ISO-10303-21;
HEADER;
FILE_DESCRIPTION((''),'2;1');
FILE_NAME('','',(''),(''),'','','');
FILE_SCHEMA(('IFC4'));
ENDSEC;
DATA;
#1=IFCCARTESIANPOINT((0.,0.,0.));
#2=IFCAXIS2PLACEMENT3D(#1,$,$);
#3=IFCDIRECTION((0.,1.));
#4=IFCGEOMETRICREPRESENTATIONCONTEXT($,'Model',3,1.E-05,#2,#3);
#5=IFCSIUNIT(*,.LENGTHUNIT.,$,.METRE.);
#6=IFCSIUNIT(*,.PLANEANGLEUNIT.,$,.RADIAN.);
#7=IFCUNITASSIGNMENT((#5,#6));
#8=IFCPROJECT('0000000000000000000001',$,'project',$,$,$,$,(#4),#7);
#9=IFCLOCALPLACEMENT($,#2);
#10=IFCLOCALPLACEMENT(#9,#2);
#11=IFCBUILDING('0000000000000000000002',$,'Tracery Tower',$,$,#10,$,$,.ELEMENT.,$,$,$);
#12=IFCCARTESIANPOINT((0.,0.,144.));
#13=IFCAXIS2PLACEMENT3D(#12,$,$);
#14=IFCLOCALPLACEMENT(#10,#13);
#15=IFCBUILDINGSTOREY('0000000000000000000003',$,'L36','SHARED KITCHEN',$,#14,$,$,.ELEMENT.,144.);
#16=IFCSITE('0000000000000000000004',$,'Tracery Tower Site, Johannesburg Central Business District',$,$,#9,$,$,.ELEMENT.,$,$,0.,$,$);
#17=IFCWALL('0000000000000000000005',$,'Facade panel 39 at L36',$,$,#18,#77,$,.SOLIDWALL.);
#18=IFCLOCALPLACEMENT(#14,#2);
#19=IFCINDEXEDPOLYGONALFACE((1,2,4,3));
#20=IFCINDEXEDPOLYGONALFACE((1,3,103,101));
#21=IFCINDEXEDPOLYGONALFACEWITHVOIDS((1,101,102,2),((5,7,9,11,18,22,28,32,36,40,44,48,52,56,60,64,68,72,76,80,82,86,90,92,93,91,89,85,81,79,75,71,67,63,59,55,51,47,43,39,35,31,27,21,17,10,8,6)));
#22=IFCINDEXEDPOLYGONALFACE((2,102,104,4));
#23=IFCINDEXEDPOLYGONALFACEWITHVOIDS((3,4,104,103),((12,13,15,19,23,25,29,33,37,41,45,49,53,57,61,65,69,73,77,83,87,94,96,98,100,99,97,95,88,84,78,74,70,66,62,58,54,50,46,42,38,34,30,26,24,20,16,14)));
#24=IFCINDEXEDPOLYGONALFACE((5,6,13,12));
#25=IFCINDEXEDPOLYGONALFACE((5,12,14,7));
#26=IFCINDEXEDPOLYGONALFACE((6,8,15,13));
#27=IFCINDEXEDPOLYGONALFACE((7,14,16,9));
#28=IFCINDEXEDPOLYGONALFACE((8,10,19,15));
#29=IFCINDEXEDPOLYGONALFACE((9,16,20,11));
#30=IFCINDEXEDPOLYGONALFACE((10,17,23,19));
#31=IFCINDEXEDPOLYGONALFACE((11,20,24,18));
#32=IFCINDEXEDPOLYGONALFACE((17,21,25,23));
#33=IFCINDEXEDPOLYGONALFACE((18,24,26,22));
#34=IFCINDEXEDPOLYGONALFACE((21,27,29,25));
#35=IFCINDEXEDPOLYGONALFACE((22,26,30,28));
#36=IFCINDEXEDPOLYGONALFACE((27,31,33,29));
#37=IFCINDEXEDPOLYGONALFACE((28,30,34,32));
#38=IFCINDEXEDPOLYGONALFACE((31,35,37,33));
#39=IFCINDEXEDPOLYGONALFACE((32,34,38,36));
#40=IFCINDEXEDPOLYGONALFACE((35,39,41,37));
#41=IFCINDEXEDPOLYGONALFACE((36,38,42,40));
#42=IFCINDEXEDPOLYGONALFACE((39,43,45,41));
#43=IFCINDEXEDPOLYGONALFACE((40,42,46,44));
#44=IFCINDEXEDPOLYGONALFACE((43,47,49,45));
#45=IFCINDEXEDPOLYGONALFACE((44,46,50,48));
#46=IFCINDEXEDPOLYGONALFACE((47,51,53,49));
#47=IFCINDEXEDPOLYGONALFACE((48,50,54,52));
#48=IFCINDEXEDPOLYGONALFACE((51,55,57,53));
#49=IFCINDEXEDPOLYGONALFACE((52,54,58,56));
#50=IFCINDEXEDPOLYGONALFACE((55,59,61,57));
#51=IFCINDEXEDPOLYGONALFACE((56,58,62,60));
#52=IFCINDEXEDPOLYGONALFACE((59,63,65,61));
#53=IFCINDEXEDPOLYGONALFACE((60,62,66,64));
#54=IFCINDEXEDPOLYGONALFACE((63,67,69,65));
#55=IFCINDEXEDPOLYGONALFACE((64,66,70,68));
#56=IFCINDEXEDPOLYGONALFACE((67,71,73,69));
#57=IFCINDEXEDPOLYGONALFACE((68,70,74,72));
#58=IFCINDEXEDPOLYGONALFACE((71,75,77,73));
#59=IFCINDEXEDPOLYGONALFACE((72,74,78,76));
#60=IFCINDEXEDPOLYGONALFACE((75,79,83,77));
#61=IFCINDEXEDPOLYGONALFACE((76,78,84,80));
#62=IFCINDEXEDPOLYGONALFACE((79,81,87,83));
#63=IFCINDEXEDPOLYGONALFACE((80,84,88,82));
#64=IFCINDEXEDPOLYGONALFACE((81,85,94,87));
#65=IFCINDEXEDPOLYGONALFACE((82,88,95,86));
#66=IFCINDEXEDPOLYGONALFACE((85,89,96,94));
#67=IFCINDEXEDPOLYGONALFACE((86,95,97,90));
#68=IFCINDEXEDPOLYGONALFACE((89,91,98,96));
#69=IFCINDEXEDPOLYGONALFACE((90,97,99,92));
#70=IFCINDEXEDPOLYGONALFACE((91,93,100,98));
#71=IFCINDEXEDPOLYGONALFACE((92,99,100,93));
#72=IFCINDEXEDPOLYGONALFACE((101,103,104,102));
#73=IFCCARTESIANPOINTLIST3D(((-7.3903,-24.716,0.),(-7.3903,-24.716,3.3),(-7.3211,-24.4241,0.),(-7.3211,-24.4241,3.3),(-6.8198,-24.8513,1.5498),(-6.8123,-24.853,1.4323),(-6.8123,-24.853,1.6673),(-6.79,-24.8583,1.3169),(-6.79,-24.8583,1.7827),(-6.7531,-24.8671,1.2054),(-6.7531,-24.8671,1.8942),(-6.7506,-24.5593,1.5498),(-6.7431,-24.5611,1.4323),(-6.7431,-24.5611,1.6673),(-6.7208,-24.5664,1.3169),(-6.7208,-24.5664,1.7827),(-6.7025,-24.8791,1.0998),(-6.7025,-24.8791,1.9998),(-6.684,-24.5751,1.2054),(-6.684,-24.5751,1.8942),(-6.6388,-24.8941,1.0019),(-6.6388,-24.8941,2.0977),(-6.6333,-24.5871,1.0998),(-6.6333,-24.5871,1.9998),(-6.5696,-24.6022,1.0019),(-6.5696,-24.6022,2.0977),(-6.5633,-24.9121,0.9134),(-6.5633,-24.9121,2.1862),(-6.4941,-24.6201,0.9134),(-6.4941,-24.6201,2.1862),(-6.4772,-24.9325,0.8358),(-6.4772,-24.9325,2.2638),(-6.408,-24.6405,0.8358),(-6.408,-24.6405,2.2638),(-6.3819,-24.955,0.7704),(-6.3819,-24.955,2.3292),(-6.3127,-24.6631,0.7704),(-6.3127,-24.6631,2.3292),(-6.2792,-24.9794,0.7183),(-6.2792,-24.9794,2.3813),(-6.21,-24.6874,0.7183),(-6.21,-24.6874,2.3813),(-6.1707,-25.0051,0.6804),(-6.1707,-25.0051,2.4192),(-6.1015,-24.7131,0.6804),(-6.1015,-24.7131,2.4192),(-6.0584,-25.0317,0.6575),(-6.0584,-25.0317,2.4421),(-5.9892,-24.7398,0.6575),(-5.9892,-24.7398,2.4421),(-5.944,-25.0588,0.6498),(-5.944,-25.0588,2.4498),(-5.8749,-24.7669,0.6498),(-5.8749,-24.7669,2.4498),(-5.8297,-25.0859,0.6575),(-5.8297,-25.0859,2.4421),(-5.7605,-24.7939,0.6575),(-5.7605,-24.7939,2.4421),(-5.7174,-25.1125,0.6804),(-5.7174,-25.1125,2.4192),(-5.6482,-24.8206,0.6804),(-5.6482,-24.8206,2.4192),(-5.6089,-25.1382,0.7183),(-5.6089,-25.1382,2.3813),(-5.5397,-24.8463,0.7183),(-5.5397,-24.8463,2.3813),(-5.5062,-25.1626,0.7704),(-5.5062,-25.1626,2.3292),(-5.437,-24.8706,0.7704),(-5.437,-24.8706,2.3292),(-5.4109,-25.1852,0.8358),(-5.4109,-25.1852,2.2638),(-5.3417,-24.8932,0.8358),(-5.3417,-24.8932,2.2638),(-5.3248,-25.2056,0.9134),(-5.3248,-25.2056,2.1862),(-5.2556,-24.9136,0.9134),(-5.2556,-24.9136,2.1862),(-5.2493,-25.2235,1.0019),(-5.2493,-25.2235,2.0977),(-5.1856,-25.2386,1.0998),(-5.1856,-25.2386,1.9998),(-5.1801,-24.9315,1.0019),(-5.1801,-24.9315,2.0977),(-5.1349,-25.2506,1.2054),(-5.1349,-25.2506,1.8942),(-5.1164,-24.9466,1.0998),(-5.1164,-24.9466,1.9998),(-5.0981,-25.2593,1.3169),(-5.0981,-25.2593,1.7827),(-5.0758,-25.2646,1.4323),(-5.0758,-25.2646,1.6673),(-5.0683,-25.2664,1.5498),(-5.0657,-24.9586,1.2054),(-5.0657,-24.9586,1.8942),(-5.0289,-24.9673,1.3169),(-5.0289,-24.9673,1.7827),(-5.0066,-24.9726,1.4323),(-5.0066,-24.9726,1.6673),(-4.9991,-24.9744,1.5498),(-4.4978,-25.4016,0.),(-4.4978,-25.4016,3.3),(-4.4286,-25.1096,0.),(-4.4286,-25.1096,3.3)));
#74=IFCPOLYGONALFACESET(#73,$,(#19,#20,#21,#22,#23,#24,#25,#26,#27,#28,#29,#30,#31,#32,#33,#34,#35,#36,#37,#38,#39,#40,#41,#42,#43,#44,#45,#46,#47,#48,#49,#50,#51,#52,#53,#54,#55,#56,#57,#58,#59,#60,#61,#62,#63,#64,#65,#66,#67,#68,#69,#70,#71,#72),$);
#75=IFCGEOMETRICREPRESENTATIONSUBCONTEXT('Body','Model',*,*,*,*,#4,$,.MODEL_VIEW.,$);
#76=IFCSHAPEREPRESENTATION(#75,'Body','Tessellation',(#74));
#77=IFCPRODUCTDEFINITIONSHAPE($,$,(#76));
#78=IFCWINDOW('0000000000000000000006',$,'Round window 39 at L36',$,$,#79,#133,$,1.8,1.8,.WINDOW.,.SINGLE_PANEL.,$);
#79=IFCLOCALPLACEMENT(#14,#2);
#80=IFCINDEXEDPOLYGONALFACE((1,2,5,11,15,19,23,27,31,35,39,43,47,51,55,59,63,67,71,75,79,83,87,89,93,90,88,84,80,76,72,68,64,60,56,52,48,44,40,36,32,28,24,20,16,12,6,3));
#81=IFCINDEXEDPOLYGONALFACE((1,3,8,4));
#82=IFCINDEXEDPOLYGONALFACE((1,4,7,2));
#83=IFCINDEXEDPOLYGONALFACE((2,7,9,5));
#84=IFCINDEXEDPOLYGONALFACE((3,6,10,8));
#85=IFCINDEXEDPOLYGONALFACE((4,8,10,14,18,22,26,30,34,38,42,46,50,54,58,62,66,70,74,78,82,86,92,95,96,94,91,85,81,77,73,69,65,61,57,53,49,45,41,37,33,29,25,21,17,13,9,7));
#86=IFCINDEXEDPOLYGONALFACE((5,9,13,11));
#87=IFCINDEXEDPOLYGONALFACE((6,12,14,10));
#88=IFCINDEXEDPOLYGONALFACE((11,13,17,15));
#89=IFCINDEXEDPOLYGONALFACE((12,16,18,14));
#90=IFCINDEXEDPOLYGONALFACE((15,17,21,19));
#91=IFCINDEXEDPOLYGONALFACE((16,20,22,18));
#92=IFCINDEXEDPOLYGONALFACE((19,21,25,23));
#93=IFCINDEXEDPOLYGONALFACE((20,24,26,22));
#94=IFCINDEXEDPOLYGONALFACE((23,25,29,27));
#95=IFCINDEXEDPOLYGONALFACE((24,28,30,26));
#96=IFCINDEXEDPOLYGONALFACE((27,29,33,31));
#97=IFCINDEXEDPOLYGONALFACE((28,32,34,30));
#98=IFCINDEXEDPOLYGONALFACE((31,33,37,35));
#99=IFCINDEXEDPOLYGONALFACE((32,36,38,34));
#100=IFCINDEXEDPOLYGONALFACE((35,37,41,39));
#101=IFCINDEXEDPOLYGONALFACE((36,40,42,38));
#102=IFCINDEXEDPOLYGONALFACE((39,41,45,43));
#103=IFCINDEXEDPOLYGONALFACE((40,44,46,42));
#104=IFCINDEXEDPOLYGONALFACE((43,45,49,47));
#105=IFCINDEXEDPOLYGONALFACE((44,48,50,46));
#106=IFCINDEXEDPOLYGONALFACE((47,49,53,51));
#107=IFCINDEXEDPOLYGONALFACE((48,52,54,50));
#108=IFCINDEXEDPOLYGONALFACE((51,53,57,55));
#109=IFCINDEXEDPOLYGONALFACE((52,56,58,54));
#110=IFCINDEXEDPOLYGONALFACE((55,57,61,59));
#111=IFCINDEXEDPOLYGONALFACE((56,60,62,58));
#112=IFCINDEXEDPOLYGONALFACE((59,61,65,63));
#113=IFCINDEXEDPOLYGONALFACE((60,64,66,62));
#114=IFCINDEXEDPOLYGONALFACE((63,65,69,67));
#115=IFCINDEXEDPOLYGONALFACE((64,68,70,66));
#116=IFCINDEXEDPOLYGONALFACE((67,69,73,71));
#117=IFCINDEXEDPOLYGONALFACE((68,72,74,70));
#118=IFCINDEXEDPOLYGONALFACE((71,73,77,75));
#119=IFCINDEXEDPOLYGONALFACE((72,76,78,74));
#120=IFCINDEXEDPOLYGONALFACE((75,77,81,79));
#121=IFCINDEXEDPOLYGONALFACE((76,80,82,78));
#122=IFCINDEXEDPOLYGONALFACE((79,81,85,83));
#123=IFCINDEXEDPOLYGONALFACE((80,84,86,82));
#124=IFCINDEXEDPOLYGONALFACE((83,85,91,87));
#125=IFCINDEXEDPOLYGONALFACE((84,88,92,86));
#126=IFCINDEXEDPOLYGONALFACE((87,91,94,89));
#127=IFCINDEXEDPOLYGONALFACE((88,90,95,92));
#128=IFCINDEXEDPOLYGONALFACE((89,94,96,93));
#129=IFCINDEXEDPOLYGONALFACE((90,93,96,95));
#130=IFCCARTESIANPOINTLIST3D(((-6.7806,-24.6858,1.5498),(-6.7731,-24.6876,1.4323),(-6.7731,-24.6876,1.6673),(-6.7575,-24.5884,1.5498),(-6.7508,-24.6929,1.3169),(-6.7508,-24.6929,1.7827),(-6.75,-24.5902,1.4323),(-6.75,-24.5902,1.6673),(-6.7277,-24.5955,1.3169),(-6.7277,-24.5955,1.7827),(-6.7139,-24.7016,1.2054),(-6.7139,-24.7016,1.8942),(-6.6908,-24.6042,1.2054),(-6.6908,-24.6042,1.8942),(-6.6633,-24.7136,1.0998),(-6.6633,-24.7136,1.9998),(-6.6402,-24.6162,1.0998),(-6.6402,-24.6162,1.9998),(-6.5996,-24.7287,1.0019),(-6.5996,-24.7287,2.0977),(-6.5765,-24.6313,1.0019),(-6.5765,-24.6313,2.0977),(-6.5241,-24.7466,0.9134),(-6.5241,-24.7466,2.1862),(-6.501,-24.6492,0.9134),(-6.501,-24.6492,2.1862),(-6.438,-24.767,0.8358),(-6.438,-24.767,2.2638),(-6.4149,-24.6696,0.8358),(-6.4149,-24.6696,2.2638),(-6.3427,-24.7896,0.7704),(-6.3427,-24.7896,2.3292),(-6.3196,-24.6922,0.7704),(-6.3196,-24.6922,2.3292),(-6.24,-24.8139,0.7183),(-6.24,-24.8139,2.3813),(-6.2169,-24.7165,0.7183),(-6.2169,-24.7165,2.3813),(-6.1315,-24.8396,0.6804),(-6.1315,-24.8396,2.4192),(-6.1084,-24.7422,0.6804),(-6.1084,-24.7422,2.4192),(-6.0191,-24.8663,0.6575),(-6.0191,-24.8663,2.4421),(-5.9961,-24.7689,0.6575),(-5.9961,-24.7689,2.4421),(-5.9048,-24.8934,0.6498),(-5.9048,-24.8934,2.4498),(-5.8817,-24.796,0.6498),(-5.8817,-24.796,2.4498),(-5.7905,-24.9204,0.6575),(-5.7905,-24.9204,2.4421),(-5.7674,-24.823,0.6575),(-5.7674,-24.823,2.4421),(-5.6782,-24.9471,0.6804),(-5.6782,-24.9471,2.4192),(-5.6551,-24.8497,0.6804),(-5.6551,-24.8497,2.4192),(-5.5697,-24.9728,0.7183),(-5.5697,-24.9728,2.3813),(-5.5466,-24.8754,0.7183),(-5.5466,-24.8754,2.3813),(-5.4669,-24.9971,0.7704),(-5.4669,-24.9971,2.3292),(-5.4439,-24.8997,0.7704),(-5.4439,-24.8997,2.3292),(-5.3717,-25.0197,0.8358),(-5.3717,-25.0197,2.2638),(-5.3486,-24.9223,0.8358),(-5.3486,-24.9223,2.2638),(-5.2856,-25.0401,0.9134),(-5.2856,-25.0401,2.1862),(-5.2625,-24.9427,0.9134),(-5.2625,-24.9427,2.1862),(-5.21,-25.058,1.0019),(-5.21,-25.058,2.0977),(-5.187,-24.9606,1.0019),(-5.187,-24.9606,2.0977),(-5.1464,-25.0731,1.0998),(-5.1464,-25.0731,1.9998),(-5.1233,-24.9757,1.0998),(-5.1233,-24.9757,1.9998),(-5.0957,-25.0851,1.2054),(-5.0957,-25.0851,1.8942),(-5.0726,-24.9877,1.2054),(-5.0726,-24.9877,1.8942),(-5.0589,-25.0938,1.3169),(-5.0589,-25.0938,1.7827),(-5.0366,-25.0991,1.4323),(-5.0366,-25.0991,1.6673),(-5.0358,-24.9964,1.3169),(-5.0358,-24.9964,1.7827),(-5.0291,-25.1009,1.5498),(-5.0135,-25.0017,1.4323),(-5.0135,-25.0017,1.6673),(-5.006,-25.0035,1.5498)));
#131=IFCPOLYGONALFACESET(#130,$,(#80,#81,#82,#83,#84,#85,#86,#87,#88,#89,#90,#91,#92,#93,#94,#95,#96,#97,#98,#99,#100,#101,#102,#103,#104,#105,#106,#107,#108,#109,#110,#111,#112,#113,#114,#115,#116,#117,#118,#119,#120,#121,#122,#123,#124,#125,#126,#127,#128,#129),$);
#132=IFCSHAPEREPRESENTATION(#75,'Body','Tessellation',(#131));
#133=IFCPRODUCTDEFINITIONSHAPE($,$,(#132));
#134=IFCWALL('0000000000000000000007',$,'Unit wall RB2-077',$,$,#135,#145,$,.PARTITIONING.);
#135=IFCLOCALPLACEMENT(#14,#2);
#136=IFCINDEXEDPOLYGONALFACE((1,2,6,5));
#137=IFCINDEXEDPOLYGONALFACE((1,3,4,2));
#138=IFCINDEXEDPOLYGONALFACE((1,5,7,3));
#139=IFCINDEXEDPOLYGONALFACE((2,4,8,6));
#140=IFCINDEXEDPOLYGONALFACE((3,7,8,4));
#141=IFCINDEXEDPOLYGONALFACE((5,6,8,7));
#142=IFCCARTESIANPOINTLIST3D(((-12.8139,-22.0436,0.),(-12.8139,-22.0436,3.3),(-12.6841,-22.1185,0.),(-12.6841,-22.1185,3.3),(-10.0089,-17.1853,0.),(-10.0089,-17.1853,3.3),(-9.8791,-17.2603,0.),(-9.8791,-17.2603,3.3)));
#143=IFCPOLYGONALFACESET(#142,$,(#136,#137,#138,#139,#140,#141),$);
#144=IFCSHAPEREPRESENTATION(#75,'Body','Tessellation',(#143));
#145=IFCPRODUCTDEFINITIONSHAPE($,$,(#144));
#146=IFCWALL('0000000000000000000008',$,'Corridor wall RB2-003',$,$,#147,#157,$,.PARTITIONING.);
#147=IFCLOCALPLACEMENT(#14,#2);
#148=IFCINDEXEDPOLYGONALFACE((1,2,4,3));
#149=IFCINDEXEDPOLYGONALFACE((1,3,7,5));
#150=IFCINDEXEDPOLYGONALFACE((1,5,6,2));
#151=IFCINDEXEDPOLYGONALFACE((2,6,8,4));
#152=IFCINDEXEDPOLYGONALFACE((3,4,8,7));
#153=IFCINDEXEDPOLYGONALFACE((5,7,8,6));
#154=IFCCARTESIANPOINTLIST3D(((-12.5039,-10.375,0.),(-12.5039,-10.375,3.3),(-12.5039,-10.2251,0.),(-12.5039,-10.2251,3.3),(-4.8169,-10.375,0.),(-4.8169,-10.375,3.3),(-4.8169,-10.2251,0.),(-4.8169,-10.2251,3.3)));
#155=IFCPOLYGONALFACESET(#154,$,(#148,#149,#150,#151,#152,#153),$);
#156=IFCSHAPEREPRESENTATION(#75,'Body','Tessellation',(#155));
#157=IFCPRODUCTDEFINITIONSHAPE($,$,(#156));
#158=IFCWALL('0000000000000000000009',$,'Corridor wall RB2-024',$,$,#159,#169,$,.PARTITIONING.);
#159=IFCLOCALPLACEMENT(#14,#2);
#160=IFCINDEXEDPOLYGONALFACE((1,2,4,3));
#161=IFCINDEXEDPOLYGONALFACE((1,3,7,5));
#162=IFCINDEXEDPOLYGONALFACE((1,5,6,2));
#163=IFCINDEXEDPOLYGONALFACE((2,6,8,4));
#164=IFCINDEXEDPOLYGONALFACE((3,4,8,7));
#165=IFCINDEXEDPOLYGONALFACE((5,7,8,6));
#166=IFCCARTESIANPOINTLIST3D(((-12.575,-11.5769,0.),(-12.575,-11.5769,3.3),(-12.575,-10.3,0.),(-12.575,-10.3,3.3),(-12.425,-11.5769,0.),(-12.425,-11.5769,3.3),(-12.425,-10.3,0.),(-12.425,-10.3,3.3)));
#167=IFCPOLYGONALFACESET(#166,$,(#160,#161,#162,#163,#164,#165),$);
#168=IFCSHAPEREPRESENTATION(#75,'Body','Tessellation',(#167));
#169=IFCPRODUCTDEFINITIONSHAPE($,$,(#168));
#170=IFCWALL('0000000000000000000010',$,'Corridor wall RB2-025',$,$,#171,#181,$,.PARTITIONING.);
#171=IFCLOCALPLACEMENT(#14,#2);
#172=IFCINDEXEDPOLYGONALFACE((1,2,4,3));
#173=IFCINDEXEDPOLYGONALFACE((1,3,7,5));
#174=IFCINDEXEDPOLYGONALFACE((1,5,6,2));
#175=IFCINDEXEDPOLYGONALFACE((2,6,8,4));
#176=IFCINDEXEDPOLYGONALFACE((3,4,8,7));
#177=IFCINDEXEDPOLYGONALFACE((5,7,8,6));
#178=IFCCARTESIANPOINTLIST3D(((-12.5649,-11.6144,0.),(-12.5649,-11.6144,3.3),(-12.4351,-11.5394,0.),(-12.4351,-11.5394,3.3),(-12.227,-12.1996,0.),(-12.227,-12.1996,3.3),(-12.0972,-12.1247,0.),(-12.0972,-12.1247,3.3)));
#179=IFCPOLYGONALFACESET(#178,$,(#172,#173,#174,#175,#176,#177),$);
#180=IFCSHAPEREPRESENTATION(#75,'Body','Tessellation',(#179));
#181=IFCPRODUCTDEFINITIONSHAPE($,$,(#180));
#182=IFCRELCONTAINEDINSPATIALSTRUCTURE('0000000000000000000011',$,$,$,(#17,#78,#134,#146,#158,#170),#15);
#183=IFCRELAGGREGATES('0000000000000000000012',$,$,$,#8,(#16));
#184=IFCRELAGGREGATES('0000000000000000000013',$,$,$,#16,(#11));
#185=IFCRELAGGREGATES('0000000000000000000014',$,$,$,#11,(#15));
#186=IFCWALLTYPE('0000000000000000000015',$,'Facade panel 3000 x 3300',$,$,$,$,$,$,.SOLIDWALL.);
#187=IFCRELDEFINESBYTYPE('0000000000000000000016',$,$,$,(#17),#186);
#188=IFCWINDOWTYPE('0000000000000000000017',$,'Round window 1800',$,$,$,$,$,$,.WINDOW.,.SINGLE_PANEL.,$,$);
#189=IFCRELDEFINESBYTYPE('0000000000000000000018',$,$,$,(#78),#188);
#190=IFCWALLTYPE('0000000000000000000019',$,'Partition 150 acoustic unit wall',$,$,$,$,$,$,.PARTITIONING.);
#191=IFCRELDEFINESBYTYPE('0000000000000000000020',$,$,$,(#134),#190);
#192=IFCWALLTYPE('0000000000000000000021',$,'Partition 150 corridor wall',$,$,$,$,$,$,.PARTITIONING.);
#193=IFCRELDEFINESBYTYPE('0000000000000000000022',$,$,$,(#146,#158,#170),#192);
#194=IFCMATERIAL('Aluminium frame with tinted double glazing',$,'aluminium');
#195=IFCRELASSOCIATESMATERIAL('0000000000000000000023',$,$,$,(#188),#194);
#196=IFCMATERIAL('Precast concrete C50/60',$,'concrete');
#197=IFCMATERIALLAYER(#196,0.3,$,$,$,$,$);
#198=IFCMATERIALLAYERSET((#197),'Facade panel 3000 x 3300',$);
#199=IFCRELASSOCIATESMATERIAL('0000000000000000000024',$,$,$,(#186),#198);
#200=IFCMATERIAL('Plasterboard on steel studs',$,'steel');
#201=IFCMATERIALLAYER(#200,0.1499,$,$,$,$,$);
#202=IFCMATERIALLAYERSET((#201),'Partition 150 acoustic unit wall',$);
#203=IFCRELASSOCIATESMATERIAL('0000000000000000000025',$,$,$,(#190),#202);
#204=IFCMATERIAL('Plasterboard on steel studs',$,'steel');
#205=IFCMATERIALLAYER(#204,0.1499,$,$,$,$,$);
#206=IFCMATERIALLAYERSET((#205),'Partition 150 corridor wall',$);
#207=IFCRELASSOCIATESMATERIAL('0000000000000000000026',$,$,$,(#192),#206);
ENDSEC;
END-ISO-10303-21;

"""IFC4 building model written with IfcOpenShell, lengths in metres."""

from ifc_helpers import new_model, si_unit, direction, frame, frame_2d, origin, origin_2d, place, context, subcontext, project, spatial, rectangle, circle, extrude, material, layer, layer_set, type_object, element, fill, save


model = new_model("IFC4")

# Units and contexts
model_context = context("Model", 3, precision=1e-05, world=origin(), true_north=direction((0.0, 1.0)))
body_context = subcontext(model_context, "Body", "Model", "MODEL_VIEW")
ifc_project = project(units=[si_unit("LENGTHUNIT", "METRE"), si_unit("PLANEANGLEUNIT", "RADIAN")], contexts=[model_context])

# Site, building, storey
site_placement = place(None, origin())
site = spatial("IfcSite", under=ifc_project, at=site_placement, Name="Tracery Tower Site, Johannesburg Central Business District", CompositionType="ELEMENT", RefElevation=0.0)
building_placement = place(site_placement, origin())
building = spatial("IfcBuilding", under=site, at=building_placement, Name="Tracery Tower", CompositionType="ELEMENT")
storey_placement = place(building_placement, frame((0.0, 0.0, 144.0)))
storey = spatial("IfcBuildingStorey", under=building, at=storey_placement, Name="L36", Description="SHARED KITCHEN", CompositionType="ELEMENT", Elevation=144.0)

# Wall, opening, window
ifc_material_1 = material(Name="Aluminium frame with tinted double glazing", Category="aluminium")
window_type = type_object("IfcWindowType", Name="Round window 1800", PartitioningType="SINGLE_PANEL", PredefinedType="WINDOW", material=ifc_material_1)
ifc_material_2 = material(Name="Precast concrete C50/60", Category="concrete")
ifc_layer_1 = layer(ifc_material_2, 0.3)
ifc_layer_set_1 = layer_set([ifc_layer_1], Name="Facade panel 3000 x 3300")
wall_type_1 = type_object("IfcWallType", Name="Facade panel 3000 x 3300", PredefinedType="SOLIDWALL", material=ifc_layer_set_1)
wall_1_placement = place(storey_placement, frame((-7.3557, -24.5701, 0.0), z_axis=(0.0, 0.0, 1.0), x_axis=(0.973045, -0.230614, 0.0)))
wall_1 = element("IfcWall", 1, at=wall_1_placement, inside=storey, type_object=wall_type_1, Name="Facade panel 39 at L36", PredefinedType="SOLIDWALL", context=body_context, shape_type="SweptSolid", body=[
    extrude(rectangle(XDim=2.9727, YDim=0.3, at=frame_2d((1.4863, 0.0))), origin(), (0.0, 0.0, 1.0), 3.3),
])
opening_1_placement = place(wall_1_placement, frame((1.4863, 0.0, 1.5498)))
opening_1 = element("IfcOpeningElement", 2, at=opening_1_placement, cuts=wall_1, PredefinedType="OPENING", context=body_context, shape_type="SweptSolid", body=[
    extrude(circle(Radius=0.9, at=origin_2d()), frame((0.0, 0.1599, 0.0), z_axis=(0.0, -1.0, 0.0), x_axis=(1.0, 0.0, 0.0)), (0.0, 0.0, 1.0), 0.3201),
])
window_1_placement = place(opening_1_placement, origin())
window_1 = element("IfcWindow", 3, at=window_1_placement, inside=storey, type_object=window_type, Name="Round window 39 at L36", OverallHeight=1.8, OverallWidth=1.8, PartitioningType="SINGLE_PANEL", PredefinedType="WINDOW", context=body_context, shape_type="SweptSolid", body=[
    extrude(circle(Radius=0.9, at=origin_2d()), frame((0.0, 0.1201, 0.0), z_axis=(0.0, -1.0, 0.0), x_axis=(1.0, 0.0, 0.0)), (0.0, 0.0, 1.0), 0.1001),
])
fill(opening_1, window_1)

# Walls
ifc_material_3 = material(Name="Plasterboard on steel studs", Category="steel")
ifc_layer_2 = layer(ifc_material_3, 0.1499)
ifc_layer_set_2 = layer_set([ifc_layer_2], Name="Partition 150 acoustic unit wall")
wall_type_2 = type_object("IfcWallType", Name="Partition 150 acoustic unit wall", PredefinedType="PARTITIONING", material=ifc_layer_set_2)
wall_2_placement = place(storey_placement, frame((-12.749, -22.0811, 0.0), z_axis=(0.0, 0.0, 1.0), x_axis=(0.50001, 0.86602, 0.0)))
element("IfcWall", 4, at=wall_2_placement, inside=storey, type_object=wall_type_2, Name="Unit wall RB2-077", PredefinedType="PARTITIONING", context=body_context, shape_type="SweptSolid", body=[
    extrude(rectangle(XDim=5.6099, YDim=0.1499, at=frame_2d((2.8049, 0.0))), origin(), (0.0, 0.0, 1.0), 3.3),
])
ifc_material_4 = material(Name="Plasterboard on steel studs", Category="steel")
ifc_layer_3 = layer(ifc_material_4, 0.1499)
ifc_layer_set_3 = layer_set([ifc_layer_3], Name="Partition 150 corridor wall")
wall_type_3 = type_object("IfcWallType", Name="Partition 150 corridor wall", PredefinedType="PARTITIONING", material=ifc_layer_set_3)
wall_3_placement = place(storey_placement, frame((-12.5039, -10.3, 0.0), z_axis=(0.0, 0.0, 1.0), x_axis=(1.0, 0.0, 0.0)))
element("IfcWall", 5, at=wall_3_placement, inside=storey, type_object=wall_type_3, Name="Corridor wall RB2-003", PredefinedType="PARTITIONING", context=body_context, shape_type="SweptSolid", body=[
    extrude(rectangle(XDim=7.687, YDim=0.1499, at=frame_2d((3.8435, 0.0))), origin(), (0.0, 0.0, 1.0), 3.3),
])
wall_4_placement = place(storey_placement, frame((-12.5, -11.5769, 0.0), z_axis=(0.0, 0.0, 1.0), x_axis=(0.0, 1.0, 0.0)))
element("IfcWall", 6, at=wall_4_placement, inside=storey, type_object=wall_type_3, Name="Corridor wall RB2-024", PredefinedType="PARTITIONING", context=body_context, shape_type="SweptSolid", body=[
    extrude(rectangle(XDim=1.2769, YDim=0.1499, at=frame_2d((0.6384, 0.0))), origin(), (0.0, 0.0, 1.0), 3.3),
])
wall_5_placement = place(storey_placement, frame((-12.5, -11.5769, 0.0), z_axis=(0.0, 0.0, 1.0), x_axis=(0.500025, -0.866011, 0.0)))
element("IfcWall", 7, at=wall_5_placement, inside=storey, type_object=wall_type_3, Name="Corridor wall RB2-025", PredefinedType="PARTITIONING", context=body_context, shape_type="SweptSolid", body=[
    extrude(rectangle(XDim=0.6758, YDim=0.1499, at=frame_2d((0.3379, 0.0))), origin(), (0.0, 0.0, 1.0), 3.3),
])

save(model, "model.ifc")
